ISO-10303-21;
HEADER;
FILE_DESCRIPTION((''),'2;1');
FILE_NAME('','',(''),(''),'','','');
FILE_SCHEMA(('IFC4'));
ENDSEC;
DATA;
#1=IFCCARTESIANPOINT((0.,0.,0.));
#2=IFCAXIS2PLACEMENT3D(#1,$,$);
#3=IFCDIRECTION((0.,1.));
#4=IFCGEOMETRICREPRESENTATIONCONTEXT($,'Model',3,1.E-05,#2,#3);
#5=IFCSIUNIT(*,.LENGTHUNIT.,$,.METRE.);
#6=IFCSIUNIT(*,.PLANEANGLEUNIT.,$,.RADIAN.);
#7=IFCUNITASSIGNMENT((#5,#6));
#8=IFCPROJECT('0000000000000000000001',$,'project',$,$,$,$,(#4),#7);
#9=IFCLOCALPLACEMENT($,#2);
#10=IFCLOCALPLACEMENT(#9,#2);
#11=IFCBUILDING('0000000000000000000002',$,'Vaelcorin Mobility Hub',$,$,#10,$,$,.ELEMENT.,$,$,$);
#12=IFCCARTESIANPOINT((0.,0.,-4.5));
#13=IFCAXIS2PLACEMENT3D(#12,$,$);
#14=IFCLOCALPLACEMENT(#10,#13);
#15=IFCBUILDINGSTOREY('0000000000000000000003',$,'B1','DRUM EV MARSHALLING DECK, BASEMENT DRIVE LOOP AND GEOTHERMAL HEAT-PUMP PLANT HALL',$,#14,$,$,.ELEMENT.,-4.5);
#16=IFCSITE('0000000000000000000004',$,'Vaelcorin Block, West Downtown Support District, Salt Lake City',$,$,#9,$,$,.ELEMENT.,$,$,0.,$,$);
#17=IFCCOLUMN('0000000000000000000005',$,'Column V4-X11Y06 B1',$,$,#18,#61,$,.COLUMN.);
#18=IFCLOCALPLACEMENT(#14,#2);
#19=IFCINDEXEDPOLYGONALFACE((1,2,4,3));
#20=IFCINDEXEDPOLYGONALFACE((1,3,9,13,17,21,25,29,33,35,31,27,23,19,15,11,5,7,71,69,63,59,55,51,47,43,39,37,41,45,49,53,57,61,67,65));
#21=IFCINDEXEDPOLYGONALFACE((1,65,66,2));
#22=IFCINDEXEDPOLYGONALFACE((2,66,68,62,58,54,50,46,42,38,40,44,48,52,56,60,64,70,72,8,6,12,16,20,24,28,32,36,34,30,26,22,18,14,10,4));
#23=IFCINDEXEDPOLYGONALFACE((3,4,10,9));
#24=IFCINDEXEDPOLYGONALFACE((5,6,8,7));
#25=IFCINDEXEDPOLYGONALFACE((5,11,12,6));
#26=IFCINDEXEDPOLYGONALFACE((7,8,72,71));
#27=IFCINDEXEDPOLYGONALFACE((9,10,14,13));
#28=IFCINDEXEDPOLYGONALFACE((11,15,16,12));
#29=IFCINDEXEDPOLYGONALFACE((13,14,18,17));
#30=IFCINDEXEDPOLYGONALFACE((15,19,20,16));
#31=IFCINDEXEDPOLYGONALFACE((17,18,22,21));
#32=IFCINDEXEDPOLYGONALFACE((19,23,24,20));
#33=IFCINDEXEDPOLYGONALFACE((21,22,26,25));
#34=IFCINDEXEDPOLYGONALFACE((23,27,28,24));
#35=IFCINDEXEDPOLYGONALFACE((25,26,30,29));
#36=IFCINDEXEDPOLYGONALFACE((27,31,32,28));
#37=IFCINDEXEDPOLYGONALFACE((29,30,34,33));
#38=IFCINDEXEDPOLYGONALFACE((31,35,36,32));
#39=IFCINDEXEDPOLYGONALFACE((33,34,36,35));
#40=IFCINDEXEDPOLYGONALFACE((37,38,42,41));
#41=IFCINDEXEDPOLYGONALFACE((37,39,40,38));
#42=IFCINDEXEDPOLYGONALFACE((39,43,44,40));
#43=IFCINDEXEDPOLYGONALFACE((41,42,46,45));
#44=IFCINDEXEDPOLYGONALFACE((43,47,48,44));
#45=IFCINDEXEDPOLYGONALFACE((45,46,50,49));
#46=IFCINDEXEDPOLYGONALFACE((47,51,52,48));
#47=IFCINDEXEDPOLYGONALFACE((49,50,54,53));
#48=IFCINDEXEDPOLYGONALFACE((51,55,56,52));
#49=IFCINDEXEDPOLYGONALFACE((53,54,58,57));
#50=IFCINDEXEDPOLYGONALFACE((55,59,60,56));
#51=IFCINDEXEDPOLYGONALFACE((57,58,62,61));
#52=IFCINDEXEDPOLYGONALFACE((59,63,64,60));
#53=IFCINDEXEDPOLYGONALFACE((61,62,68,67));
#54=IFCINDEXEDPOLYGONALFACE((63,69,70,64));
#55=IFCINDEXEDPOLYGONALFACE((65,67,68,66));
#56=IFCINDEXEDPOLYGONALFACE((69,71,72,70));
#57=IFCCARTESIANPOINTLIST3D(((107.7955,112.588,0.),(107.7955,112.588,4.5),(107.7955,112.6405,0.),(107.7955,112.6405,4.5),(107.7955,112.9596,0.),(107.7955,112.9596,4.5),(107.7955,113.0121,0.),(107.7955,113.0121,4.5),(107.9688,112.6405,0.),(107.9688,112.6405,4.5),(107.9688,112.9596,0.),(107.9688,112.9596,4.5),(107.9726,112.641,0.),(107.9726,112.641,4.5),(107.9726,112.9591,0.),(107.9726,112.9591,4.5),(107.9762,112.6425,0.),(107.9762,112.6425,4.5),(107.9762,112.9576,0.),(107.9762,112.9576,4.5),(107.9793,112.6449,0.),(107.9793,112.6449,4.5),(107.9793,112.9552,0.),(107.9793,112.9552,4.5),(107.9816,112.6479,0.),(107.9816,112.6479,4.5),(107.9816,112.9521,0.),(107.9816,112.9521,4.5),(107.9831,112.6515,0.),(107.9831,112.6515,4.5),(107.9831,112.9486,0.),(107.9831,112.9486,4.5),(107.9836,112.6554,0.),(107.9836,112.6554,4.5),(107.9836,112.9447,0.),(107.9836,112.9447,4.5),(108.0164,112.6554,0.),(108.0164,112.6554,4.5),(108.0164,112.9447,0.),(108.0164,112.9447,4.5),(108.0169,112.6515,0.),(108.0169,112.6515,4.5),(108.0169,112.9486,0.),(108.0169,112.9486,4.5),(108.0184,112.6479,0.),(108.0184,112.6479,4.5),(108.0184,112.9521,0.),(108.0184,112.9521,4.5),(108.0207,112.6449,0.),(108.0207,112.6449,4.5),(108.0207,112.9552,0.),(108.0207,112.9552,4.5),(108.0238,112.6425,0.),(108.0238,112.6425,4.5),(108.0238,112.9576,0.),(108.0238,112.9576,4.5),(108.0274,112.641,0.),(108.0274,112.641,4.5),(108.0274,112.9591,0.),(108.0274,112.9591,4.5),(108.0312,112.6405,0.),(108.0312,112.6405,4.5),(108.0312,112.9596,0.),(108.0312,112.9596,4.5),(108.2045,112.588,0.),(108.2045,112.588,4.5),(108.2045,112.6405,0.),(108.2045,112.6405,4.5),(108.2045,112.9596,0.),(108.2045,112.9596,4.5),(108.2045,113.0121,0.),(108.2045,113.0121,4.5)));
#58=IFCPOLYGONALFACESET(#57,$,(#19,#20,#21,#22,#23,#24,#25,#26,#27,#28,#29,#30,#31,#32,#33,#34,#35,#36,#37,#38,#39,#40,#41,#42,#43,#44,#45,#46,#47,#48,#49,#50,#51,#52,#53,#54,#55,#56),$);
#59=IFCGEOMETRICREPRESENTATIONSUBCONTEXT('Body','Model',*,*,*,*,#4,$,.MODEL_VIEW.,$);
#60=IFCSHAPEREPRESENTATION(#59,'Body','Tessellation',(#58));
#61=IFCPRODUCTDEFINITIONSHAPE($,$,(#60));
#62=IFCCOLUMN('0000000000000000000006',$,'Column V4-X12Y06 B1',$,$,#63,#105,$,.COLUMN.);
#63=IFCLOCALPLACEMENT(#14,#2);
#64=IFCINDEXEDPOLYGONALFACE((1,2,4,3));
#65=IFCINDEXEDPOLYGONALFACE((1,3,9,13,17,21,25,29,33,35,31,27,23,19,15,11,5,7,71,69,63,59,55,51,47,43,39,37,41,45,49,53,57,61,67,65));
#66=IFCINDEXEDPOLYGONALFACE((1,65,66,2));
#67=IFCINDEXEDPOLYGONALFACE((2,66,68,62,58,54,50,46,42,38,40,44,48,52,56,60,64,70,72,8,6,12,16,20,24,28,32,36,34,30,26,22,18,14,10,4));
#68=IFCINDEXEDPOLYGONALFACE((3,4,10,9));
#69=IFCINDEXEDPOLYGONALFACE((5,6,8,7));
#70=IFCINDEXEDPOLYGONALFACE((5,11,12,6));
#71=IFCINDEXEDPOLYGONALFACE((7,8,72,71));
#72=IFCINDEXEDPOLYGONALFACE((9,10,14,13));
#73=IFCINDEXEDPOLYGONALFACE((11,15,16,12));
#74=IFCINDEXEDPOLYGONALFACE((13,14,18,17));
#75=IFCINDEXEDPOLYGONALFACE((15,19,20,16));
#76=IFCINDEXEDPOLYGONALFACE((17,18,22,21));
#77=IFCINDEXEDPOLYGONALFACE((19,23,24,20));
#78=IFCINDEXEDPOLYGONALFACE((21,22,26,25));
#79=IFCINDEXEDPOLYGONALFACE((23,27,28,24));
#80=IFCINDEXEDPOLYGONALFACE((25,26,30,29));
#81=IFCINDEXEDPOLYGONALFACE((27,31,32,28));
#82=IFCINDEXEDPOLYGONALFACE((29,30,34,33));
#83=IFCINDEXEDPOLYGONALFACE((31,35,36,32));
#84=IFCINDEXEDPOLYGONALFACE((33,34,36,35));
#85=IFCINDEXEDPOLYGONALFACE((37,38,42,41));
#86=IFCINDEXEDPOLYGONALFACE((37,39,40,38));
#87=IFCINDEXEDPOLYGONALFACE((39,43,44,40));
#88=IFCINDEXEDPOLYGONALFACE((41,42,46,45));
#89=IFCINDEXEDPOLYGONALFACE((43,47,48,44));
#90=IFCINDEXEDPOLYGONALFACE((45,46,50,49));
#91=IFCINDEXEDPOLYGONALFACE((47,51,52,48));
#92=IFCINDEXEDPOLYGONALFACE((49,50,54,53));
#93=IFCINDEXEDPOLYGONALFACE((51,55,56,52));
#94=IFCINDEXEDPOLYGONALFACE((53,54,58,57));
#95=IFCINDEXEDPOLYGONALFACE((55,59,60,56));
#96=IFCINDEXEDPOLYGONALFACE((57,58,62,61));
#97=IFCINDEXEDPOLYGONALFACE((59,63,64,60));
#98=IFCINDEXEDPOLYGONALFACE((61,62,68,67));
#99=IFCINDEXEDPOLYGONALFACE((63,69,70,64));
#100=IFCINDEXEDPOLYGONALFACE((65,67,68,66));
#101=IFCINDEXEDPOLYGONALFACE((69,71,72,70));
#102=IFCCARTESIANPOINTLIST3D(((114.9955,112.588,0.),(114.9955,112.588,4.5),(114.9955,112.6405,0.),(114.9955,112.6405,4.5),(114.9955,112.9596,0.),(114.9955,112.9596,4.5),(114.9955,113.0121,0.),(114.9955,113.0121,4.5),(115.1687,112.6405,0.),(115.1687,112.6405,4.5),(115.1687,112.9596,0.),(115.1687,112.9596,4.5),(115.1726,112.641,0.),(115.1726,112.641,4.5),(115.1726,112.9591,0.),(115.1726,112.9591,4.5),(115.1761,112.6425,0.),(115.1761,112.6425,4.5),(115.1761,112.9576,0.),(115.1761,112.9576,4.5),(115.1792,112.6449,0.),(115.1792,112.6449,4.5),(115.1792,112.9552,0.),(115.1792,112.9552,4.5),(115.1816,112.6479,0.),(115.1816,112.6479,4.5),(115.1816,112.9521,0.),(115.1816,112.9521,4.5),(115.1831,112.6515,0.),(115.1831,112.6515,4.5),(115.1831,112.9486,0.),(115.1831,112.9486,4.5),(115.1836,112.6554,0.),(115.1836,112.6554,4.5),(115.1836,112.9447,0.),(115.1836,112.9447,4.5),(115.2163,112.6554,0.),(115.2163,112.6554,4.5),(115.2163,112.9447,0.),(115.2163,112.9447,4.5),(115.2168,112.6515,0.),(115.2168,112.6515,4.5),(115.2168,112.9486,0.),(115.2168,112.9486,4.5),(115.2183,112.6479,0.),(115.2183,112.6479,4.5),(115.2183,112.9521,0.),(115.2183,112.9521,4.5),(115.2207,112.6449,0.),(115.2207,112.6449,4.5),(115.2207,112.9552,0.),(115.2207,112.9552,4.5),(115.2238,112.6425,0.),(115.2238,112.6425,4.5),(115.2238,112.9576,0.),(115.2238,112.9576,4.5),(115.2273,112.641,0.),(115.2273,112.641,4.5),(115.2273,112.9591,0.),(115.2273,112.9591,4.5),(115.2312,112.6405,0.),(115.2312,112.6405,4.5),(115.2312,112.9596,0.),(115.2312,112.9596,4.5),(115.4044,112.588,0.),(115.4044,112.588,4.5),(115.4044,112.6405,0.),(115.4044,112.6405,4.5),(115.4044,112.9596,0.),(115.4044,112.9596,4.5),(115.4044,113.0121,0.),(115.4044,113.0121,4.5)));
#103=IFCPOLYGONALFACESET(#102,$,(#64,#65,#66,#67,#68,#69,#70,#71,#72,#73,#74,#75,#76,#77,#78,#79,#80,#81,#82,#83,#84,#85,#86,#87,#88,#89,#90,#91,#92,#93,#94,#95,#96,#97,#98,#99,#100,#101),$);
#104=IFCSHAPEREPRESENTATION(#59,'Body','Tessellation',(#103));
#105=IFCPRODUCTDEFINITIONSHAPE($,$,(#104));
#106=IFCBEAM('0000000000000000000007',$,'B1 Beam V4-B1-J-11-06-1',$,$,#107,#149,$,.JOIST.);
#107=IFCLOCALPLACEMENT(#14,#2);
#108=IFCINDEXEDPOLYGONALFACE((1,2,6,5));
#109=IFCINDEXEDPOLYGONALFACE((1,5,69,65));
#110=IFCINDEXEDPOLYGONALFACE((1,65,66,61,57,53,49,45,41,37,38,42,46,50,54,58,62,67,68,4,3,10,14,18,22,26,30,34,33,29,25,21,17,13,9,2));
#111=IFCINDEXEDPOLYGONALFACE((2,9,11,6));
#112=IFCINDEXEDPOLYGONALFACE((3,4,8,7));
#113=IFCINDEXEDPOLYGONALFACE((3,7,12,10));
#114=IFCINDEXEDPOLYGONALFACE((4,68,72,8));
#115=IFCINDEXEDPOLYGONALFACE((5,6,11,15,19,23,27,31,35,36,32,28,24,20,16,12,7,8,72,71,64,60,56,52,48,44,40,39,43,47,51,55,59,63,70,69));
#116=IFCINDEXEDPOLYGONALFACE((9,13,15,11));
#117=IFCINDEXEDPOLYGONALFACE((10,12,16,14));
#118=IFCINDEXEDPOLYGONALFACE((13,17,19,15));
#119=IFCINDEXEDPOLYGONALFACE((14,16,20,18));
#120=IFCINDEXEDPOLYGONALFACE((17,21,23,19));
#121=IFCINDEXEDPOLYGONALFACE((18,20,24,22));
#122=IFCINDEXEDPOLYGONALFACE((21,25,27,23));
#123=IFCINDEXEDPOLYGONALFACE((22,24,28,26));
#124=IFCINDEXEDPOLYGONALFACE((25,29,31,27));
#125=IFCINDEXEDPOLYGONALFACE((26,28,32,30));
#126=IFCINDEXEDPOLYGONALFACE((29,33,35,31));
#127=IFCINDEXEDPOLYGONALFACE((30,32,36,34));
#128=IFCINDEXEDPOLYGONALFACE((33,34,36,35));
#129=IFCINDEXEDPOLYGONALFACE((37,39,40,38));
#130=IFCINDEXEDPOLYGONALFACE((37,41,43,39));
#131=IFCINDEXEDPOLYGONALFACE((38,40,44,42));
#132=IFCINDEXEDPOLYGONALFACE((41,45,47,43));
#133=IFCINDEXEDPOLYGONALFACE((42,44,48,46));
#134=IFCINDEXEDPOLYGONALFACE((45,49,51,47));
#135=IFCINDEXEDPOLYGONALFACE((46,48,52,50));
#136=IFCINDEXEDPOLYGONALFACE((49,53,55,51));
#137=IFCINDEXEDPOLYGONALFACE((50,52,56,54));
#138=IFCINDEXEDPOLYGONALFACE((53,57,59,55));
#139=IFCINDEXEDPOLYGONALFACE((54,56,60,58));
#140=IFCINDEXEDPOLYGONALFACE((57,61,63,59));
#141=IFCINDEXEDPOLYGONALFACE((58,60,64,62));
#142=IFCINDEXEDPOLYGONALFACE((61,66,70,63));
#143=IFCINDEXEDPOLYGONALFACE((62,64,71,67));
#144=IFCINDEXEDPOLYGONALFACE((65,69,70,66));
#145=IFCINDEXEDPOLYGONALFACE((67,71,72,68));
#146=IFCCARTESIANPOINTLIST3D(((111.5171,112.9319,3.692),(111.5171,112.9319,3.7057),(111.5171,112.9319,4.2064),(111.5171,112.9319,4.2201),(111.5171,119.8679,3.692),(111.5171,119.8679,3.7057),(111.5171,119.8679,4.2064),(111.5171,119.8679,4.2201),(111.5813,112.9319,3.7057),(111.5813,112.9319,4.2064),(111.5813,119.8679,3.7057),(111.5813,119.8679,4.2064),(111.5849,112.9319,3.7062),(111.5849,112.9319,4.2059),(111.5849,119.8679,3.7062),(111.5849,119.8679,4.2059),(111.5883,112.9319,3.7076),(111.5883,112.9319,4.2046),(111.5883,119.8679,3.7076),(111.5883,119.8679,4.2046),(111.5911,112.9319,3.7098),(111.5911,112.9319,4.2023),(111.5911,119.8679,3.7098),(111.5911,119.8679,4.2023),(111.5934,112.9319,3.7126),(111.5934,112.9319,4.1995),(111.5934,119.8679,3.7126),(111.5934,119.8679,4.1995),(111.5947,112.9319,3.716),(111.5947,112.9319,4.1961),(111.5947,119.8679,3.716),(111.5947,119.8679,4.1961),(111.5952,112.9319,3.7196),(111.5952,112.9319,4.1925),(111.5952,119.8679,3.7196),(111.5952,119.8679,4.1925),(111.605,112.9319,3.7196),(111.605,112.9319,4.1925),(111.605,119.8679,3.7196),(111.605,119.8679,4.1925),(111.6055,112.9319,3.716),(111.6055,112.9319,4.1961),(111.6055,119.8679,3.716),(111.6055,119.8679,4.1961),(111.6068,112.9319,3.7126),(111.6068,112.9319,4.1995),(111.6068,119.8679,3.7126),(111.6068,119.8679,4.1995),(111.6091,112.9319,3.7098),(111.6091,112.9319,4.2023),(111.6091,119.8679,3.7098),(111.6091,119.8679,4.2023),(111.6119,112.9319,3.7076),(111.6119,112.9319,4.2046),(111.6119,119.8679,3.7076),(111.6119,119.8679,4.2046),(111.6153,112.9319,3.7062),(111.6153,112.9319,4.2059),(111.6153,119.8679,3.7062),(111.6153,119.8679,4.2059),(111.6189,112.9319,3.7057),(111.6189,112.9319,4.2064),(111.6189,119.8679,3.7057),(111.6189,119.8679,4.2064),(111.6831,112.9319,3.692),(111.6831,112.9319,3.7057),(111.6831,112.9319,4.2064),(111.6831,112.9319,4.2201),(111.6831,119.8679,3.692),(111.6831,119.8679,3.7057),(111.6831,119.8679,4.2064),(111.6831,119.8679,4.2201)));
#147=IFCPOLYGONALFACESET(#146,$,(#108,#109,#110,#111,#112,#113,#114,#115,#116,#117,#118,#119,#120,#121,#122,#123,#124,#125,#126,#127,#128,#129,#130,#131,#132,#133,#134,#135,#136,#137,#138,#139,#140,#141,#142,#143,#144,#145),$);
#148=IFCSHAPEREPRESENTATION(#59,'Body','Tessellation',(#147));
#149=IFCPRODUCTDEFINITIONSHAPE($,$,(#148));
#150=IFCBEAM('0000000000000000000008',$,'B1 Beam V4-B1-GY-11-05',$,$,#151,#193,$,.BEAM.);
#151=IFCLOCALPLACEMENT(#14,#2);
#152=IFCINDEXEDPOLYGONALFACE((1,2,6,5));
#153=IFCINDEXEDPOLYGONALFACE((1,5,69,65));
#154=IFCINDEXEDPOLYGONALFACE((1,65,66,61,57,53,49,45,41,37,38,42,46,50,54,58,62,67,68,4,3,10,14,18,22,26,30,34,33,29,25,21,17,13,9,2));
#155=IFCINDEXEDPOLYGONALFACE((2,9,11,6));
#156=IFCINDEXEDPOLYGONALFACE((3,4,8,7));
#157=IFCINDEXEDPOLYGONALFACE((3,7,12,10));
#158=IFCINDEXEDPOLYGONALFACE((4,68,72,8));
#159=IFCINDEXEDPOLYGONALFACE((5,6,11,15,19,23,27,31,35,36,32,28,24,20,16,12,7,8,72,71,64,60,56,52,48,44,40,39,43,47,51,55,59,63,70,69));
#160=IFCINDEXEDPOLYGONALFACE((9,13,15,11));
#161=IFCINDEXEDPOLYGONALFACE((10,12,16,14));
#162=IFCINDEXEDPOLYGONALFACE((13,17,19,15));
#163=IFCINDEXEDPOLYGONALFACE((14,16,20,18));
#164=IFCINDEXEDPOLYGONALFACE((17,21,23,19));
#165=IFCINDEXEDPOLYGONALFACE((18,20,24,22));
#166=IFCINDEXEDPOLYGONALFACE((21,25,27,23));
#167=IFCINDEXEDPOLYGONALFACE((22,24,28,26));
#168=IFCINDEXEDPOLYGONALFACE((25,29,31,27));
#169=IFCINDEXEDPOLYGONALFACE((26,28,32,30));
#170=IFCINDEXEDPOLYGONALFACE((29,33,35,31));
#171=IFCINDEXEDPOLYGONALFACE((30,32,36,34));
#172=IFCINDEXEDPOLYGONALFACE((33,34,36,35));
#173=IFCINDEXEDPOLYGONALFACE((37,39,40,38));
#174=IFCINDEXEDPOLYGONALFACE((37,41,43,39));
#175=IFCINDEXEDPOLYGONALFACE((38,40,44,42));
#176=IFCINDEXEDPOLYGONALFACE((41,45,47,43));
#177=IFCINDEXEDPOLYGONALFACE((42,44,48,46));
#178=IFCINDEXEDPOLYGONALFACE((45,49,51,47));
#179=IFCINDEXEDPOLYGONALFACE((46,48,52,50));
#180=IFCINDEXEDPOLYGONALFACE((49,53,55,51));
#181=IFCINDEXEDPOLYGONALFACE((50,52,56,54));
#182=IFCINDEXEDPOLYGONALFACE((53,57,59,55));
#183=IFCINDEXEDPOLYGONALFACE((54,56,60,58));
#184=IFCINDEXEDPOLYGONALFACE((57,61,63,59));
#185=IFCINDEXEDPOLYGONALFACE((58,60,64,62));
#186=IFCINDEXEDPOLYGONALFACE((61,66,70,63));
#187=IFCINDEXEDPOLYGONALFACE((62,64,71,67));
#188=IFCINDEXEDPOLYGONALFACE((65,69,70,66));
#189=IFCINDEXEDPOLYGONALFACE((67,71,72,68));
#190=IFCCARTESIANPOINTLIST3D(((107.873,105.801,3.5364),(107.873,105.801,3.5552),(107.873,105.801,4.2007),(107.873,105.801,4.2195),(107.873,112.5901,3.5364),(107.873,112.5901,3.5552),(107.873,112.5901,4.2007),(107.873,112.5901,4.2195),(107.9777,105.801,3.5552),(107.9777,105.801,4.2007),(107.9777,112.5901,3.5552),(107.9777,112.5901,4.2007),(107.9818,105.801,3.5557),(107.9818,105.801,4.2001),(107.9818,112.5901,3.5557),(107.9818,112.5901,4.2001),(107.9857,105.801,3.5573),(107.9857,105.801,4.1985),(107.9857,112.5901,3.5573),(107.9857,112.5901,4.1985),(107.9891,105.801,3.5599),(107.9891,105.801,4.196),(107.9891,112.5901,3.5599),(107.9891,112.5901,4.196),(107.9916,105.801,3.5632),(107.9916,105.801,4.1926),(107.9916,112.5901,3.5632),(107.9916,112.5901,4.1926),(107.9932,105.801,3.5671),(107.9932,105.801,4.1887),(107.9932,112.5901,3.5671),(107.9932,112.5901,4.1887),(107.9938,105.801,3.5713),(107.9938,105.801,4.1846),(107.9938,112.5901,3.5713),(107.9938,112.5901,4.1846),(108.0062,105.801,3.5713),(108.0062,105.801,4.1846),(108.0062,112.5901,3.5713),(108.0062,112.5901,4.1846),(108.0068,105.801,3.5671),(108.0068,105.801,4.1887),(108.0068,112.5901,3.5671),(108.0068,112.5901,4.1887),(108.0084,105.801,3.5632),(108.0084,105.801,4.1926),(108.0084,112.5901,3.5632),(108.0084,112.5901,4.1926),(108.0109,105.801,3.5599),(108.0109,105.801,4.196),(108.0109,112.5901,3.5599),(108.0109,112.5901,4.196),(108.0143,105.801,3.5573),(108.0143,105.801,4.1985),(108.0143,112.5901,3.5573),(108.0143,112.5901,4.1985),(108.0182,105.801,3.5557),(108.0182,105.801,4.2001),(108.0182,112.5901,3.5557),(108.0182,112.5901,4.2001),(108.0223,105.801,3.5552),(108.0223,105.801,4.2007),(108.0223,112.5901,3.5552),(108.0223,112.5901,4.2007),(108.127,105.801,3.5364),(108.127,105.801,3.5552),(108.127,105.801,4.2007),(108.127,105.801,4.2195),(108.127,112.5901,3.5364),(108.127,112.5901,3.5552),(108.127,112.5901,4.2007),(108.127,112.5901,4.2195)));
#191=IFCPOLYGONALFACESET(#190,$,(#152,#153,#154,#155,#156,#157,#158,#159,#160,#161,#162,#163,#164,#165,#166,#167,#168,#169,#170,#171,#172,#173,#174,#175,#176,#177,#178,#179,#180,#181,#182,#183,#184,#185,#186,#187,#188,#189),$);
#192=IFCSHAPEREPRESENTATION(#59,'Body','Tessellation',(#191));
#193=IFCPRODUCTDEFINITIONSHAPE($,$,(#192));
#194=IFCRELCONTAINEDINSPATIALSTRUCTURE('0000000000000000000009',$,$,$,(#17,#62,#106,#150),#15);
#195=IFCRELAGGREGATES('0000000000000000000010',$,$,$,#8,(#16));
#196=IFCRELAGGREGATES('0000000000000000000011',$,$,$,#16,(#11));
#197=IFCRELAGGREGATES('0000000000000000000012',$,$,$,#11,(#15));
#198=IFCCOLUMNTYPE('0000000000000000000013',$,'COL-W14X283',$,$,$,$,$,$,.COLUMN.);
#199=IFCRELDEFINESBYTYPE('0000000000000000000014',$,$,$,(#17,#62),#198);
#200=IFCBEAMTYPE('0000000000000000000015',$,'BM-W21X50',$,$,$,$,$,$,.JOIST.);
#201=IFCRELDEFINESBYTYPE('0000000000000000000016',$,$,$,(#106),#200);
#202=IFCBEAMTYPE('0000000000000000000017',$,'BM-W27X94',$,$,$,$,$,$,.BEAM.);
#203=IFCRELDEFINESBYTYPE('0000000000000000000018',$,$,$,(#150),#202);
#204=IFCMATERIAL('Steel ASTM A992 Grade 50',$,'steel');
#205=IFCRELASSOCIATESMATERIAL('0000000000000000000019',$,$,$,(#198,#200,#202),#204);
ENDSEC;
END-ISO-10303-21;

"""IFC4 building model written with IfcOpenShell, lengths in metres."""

from ifc_helpers import new_model, si_unit, direction, frame, origin, origin_2d, place, context, subcontext, project, spatial, i_section, extrude, material, material_profile, profile_set, type_object, element, save


model = new_model("IFC4")

# Units and contexts
model_context = context("Model", 3, precision=1e-05, world=origin(), true_north=direction((0.0, 1.0)))
body_context = subcontext(model_context, "Body", "Model", "MODEL_VIEW")
ifc_project = project(units=[si_unit("LENGTHUNIT", "METRE"), si_unit("PLANEANGLEUNIT", "RADIAN")], contexts=[model_context])

# Site, building, storey
site_placement = place(None, origin())
site = spatial("IfcSite", under=ifc_project, at=site_placement, Name="Vaelcorin Block, West Downtown Support District, Salt Lake City", CompositionType="ELEMENT", RefElevation=0.0)
building_placement = place(site_placement, origin())
building = spatial("IfcBuilding", under=site, at=building_placement, Name="Vaelcorin Mobility Hub", CompositionType="ELEMENT")
storey_placement = place(building_placement, frame((0.0, 0.0, -4.5)))
storey = spatial("IfcBuildingStorey", under=building, at=storey_placement, Name="B1", Description="DRUM EV MARSHALLING DECK, BASEMENT DRIVE LOOP AND GEOTHERMAL HEAT-PUMP PLANT HALL", CompositionType="ELEMENT", Elevation=-4.5)

# Columns
ifc_material_1 = material(Name="Steel ASTM A992 Grade 50", Category="steel")
ifc_material_profile_1 = material_profile(ifc_material_1, i_section(OverallWidth=0.4089, OverallDepth=0.4241, WebThickness=0.0327, FlangeThickness=0.0525, FilletRadius=0.0149, at=origin_2d()), Name="W14X283")
ifc_profile_set_1 = profile_set([ifc_material_profile_1], Name="Steel ASTM A992 Grade 50")
column_type = type_object("IfcColumnType", Name="COL-W14X283", PredefinedType="COLUMN", material=ifc_profile_set_1)
for number, where, z_axis, x_axis, name in (
    (1, (108.0, 112.8, 0.0), (0.0, 0.0, 1.0), (1.0, 0.0, 0.0), "Column V4-X11Y06 B1"),
    (2, (115.2, 112.8, 0.0), (0.0, 0.0, 1.0), (1.0, 0.0, 0.0), "Column V4-X12Y06 B1"),
):
    element("IfcColumn", number, at=place(storey_placement, frame(where, z_axis=z_axis, x_axis=x_axis)), inside=storey, type_object=column_type, Name=name, PredefinedType="COLUMN", context=body_context, shape_type="SweptSolid", body=[
        extrude(i_section(OverallWidth=0.4089, OverallDepth=0.4241, WebThickness=0.0327, FlangeThickness=0.0525, FilletRadius=0.0149, at=origin_2d()), origin(), (0.0, 0.0, 1.0), 4.5),
    ])

# Beams
ifc_material_profile_2 = material_profile(ifc_material_1, i_section(OverallWidth=0.166, OverallDepth=0.5281, WebThickness=0.0098, FlangeThickness=0.0137, FilletRadius=0.0139, at=origin_2d()), Name="W21X50")
ifc_profile_set_2 = profile_set([ifc_material_profile_2], Name="Steel ASTM A992 Grade 50")
beam_type_1 = type_object("IfcBeamType", Name="BM-W21X50", PredefinedType="JOIST", material=ifc_profile_set_2)
beam_1_placement = place(storey_placement, frame((111.6001, 112.9319, 3.9561), z_axis=(0.0, 1.0, 0.0), x_axis=(-1.0, 0.0, 0.0)))
element("IfcBeam", 3, at=beam_1_placement, inside=storey, type_object=beam_type_1, Name="B1 Beam V4-B1-J-11-06-1", PredefinedType="JOIST", context=body_context, shape_type="SweptSolid", body=[
    extrude(i_section(OverallWidth=0.166, OverallDepth=0.5281, WebThickness=0.0098, FlangeThickness=0.0137, FilletRadius=0.0139, at=origin_2d()), origin(), (0.0, 0.0, 1.0), 6.936),
])
ifc_material_profile_3 = material_profile(ifc_material_1, i_section(OverallWidth=0.2539, OverallDepth=0.6831, WebThickness=0.0125, FlangeThickness=0.0188, FilletRadius=0.0161, at=origin_2d()), Name="W27X94")
ifc_profile_set_3 = profile_set([ifc_material_profile_3], Name="Steel ASTM A992 Grade 50")
beam_type_2 = type_object("IfcBeamType", Name="BM-W27X94", PredefinedType="BEAM", material=ifc_profile_set_3)
for number, where, z_axis, x_axis, name in (
    (4, (108.0, 105.801, 3.8779), (0.0, 1.0, 0.0), (-1.0, 0.0, 0.0), "B1 Beam V4-B1-GY-11-05"),
):
    element("IfcBeam", number, at=place(storey_placement, frame(where, z_axis=z_axis, x_axis=x_axis)), inside=storey, type_object=beam_type_2, Name=name, PredefinedType="BEAM", context=body_context, shape_type="SweptSolid", body=[
        extrude(i_section(OverallWidth=0.2539, OverallDepth=0.6831, WebThickness=0.0125, FlangeThickness=0.0188, FilletRadius=0.0161, at=origin_2d()), origin(), (0.0, 0.0, 1.0), 6.7891),
    ])

save(model, "model.ifc")
